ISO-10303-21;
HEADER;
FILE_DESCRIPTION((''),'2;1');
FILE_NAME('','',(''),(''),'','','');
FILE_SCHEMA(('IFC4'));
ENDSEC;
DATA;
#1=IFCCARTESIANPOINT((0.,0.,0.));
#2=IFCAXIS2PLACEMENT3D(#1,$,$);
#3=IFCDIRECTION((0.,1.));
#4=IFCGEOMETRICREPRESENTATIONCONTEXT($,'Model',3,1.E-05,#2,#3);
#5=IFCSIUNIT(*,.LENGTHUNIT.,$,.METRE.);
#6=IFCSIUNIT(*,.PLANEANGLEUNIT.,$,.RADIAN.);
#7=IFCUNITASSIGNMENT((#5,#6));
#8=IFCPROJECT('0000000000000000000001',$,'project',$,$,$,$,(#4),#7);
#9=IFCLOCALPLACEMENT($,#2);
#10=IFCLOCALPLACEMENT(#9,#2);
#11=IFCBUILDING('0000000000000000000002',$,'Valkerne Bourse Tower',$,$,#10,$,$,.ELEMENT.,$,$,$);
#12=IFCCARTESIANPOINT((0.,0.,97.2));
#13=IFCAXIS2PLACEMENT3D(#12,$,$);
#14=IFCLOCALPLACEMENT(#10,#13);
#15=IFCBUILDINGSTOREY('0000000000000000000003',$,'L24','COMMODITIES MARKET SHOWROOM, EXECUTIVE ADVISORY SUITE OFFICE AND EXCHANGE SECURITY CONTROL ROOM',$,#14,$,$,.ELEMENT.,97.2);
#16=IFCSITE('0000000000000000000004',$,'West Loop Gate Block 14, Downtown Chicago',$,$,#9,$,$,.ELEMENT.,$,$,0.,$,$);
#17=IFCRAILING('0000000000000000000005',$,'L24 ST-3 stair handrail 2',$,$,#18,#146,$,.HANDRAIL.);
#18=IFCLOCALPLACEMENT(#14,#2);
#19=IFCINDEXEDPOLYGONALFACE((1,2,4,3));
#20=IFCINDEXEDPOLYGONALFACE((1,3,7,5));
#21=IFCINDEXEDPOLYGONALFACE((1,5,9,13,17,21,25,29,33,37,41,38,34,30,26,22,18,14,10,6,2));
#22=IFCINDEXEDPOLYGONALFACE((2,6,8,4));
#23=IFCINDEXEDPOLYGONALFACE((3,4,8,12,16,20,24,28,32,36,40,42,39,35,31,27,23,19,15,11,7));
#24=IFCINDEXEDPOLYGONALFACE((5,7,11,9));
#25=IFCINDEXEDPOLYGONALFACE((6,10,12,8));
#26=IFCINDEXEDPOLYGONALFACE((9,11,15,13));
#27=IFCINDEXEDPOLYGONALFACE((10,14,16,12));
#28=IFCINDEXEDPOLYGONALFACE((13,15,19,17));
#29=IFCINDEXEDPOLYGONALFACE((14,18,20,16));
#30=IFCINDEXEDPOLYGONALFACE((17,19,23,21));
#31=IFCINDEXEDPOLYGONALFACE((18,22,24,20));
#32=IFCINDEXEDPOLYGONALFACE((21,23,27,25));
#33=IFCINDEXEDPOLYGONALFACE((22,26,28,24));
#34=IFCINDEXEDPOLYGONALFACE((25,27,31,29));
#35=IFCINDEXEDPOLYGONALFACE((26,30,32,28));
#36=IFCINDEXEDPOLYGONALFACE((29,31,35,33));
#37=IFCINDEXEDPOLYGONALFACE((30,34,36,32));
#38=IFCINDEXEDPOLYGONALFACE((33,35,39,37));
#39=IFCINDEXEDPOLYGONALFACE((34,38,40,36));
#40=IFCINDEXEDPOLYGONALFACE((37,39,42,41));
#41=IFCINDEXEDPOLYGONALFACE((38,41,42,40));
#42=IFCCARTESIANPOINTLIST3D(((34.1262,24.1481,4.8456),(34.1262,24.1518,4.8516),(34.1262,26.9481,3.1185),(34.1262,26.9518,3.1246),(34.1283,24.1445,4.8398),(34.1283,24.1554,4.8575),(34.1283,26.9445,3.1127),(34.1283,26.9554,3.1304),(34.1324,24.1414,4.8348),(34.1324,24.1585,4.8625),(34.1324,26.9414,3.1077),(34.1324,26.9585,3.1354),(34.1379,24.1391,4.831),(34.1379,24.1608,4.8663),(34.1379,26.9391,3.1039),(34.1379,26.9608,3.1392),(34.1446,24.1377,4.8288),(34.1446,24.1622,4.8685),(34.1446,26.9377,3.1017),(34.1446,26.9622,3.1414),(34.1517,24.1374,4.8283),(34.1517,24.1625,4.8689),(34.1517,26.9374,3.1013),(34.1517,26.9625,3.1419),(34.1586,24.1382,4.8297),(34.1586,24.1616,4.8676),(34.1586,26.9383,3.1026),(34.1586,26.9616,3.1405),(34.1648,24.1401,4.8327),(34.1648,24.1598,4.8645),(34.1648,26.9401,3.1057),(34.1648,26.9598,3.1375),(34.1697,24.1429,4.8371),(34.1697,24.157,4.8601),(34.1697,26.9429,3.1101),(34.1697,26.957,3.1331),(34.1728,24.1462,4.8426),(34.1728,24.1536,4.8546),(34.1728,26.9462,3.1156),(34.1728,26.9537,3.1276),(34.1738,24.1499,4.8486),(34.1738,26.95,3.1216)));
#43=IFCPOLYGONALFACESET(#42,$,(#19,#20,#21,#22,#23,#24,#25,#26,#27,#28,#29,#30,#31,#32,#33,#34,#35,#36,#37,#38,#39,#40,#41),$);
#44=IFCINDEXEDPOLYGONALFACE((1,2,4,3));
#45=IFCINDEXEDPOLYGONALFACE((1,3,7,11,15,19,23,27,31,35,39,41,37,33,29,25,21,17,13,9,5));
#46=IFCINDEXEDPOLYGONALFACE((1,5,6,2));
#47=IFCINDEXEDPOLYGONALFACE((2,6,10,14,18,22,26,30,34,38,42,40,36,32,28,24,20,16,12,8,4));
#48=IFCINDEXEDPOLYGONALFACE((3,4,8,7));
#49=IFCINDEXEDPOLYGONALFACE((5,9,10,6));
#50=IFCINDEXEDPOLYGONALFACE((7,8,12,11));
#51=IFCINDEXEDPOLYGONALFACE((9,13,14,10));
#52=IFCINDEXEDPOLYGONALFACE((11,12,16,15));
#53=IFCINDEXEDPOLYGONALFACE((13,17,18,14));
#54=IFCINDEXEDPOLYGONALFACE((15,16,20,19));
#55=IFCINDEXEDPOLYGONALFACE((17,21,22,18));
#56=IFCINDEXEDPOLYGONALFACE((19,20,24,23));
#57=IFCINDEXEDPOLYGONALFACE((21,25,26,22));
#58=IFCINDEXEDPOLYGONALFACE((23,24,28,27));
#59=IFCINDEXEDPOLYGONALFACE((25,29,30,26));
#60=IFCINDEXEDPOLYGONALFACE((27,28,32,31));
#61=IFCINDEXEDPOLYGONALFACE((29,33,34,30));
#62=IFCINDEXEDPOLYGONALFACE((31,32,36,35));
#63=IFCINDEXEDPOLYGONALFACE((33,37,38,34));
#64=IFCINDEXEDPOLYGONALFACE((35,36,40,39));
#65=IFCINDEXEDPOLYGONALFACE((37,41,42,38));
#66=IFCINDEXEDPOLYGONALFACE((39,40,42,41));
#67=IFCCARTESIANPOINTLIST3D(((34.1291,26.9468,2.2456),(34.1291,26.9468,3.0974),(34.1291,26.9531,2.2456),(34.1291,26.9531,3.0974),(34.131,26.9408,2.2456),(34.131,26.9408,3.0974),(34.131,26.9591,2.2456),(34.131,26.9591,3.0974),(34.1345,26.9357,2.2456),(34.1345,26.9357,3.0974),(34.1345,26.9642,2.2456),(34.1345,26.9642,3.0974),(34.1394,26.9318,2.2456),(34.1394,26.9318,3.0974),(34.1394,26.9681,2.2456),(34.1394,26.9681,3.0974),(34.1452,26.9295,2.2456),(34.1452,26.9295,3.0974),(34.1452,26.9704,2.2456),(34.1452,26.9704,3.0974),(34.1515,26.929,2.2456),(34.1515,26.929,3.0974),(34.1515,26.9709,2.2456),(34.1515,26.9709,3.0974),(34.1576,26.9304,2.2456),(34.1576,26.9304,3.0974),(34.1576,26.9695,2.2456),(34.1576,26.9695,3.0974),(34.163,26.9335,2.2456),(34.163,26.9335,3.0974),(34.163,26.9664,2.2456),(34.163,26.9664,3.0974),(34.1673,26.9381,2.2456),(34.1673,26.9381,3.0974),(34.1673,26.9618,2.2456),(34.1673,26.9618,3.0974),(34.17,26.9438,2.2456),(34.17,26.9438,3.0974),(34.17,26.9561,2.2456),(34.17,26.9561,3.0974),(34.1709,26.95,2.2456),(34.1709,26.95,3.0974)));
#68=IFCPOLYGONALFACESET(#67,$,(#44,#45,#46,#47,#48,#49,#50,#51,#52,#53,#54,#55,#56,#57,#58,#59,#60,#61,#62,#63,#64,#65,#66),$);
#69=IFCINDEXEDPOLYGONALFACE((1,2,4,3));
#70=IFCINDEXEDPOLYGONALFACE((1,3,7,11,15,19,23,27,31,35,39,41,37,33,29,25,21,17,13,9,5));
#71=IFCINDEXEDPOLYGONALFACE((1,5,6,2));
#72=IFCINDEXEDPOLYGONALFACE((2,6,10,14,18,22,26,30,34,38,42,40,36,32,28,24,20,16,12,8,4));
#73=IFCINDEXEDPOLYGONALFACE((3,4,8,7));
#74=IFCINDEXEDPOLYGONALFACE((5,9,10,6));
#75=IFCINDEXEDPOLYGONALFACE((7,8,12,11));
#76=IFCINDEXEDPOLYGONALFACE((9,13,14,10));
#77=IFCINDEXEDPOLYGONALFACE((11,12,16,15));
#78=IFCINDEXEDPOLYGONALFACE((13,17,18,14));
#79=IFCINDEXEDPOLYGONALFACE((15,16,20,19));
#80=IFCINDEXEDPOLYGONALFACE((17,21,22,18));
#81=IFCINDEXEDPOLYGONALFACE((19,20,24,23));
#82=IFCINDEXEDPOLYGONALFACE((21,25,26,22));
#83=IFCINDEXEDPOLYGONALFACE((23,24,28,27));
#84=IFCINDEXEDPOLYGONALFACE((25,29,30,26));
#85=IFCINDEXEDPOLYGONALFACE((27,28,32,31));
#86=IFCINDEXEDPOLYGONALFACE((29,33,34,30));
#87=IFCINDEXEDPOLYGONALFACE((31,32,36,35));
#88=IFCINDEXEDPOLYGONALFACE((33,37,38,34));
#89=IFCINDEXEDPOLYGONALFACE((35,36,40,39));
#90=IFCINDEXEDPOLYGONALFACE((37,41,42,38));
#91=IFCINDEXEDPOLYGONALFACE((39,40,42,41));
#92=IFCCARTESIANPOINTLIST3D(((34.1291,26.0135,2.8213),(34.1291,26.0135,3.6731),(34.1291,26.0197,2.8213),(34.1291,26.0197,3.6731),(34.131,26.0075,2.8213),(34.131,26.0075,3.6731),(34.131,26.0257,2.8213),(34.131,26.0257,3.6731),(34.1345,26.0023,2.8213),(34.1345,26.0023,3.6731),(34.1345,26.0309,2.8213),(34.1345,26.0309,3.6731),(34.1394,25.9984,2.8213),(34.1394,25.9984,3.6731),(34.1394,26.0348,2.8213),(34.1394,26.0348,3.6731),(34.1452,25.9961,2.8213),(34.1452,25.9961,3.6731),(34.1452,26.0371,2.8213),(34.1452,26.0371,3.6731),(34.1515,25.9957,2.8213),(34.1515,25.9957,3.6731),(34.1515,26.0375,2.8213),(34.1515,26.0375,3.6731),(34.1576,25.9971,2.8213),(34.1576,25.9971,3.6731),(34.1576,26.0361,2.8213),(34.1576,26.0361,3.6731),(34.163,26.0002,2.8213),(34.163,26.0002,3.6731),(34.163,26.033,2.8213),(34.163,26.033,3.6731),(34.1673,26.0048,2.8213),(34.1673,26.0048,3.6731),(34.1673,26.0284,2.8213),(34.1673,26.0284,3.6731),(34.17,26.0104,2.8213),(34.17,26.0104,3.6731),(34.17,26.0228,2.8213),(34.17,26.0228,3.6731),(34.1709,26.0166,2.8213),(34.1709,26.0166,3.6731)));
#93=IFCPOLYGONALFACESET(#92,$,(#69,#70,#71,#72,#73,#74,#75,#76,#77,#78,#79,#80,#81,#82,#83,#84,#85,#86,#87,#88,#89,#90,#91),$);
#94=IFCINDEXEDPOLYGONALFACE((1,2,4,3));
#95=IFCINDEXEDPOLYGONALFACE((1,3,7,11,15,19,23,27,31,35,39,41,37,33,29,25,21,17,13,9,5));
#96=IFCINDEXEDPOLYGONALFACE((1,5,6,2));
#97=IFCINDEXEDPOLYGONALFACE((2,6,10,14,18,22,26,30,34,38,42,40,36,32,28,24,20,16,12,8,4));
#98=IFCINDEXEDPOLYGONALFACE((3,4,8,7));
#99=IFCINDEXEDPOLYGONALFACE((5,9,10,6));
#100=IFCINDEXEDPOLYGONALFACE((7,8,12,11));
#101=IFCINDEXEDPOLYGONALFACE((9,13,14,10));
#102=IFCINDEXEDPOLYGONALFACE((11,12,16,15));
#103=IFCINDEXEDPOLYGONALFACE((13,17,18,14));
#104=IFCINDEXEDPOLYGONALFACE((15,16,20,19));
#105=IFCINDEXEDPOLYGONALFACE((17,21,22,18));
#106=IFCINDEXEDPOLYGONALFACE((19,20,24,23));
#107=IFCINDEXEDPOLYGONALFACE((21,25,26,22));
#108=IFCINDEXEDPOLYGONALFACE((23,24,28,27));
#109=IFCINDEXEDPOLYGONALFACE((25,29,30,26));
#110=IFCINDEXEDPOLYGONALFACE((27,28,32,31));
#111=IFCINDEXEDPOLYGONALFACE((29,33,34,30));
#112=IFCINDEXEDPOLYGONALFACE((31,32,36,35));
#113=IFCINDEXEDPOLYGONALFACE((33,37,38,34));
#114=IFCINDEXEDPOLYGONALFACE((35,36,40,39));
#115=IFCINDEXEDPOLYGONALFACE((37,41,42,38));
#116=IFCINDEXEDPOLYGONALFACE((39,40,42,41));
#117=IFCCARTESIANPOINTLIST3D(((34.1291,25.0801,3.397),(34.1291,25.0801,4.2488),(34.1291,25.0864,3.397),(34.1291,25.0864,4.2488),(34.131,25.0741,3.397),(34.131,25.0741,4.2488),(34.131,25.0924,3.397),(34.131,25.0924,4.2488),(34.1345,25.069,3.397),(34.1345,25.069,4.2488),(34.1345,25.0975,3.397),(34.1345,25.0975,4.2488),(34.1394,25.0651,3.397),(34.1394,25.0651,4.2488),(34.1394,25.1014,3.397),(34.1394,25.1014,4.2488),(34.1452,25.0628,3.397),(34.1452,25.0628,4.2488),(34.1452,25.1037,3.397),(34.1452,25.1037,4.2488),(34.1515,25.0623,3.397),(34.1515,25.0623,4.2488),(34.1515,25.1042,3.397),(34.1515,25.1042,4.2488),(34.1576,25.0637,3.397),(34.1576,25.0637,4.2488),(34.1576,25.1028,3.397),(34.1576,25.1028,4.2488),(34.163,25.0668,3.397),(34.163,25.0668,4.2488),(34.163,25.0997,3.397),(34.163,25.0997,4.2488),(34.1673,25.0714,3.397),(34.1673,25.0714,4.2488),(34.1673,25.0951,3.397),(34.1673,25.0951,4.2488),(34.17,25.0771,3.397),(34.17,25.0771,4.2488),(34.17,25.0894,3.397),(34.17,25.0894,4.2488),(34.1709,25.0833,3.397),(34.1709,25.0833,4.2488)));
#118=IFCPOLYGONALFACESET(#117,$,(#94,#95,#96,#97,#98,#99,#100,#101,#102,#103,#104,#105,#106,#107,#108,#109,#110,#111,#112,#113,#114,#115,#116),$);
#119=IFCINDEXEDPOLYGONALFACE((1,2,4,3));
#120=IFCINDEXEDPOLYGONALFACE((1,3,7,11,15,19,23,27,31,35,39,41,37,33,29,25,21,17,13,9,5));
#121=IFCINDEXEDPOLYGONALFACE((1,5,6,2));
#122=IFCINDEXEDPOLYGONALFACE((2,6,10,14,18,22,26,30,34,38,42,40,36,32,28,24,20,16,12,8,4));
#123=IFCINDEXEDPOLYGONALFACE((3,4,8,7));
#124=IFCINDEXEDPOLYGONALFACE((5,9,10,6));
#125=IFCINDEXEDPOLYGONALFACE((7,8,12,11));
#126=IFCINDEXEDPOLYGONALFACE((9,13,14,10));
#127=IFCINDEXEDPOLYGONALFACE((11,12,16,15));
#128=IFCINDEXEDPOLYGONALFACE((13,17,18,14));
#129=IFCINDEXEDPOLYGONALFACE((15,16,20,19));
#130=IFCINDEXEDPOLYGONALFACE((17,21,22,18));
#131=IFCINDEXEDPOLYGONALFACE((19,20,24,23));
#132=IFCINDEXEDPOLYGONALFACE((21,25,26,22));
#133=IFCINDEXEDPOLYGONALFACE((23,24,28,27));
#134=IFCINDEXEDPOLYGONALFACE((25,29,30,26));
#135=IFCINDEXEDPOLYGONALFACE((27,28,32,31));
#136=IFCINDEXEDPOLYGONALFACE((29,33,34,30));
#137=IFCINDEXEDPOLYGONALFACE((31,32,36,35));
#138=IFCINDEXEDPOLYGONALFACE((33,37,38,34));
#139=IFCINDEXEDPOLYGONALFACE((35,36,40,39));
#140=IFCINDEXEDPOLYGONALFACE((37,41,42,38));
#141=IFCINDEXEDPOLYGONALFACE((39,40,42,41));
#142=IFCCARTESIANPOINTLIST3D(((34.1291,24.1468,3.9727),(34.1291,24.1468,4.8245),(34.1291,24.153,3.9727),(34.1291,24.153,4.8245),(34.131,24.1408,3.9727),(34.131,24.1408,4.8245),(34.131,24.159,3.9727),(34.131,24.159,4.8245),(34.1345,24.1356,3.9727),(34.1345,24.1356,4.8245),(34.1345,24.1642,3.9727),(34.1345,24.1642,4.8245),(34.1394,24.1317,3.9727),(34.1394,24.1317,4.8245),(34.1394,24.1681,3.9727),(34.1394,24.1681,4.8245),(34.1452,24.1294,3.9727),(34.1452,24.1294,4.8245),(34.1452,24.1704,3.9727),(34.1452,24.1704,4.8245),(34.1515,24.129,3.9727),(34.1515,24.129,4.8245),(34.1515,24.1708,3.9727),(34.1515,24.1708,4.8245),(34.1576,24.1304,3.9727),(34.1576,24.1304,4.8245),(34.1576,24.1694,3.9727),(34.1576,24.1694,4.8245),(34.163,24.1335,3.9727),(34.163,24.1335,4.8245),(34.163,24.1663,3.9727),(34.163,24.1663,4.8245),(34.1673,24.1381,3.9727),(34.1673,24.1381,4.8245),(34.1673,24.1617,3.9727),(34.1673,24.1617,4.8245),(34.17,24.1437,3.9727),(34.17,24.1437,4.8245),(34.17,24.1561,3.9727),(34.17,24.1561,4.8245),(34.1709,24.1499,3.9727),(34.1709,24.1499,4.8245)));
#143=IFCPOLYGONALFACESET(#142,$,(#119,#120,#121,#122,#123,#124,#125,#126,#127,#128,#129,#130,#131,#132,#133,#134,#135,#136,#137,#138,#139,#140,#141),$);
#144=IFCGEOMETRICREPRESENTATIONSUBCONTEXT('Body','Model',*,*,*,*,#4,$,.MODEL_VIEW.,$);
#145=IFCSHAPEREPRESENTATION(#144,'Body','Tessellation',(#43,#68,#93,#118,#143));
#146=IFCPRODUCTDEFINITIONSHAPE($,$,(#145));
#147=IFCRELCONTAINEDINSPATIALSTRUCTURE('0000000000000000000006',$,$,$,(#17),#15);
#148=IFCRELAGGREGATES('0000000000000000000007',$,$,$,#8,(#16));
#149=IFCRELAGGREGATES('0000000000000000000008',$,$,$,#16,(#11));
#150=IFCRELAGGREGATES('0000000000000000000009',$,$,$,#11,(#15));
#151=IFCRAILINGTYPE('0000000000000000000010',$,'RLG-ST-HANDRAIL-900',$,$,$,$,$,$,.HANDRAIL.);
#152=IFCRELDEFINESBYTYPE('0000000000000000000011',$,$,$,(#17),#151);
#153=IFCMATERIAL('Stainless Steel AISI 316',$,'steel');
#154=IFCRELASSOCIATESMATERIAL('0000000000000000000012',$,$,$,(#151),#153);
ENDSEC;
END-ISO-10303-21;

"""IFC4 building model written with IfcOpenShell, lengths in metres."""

from ifc_helpers import new_model, si_unit, direction, frame, origin, origin_2d, place, context, subcontext, project, spatial, circle, extrude, material, type_object, element, save


model = new_model("IFC4")

# Units and contexts
model_context = context("Model", 3, precision=1e-05, world=origin(), true_north=direction((0.0, 1.0)))
body_context = subcontext(model_context, "Body", "Model", "MODEL_VIEW")
ifc_project = project(units=[si_unit("LENGTHUNIT", "METRE"), si_unit("PLANEANGLEUNIT", "RADIAN")], contexts=[model_context])

# Site, building, storey
site_placement = place(None, origin())
site = spatial("IfcSite", under=ifc_project, at=site_placement, Name="West Loop Gate Block 14, Downtown Chicago", CompositionType="ELEMENT", RefElevation=0.0)
building_placement = place(site_placement, origin())
building = spatial("IfcBuilding", under=site, at=building_placement, Name="Valkerne Bourse Tower", CompositionType="ELEMENT")
storey_placement = place(building_placement, frame((0.0, 0.0, 97.2)))
storey = spatial("IfcBuildingStorey", under=building, at=storey_placement, Name="L24", Description="COMMODITIES MARKET SHOWROOM, EXECUTIVE ADVISORY SUITE OFFICE AND EXCHANGE SECURITY CONTROL ROOM", CompositionType="ELEMENT", Elevation=97.2)

# Railing
ifc_material_1 = material(Name="Stainless Steel AISI 316", Category="steel")
railing_type_1 = type_object("IfcRailingType", Name="RLG-ST-HANDRAIL-900", PredefinedType="HANDRAIL", material=ifc_material_1)
railing_1_placement = place(storey_placement, frame((34.1499, 26.95, 2.2456)))
element("IfcRailing", 1, at=railing_1_placement, inside=storey, type_object=railing_type_1, Name="L24 ST-3 stair handrail 2", PredefinedType="HANDRAIL", context=body_context, shape_type="SweptSolid", body=[
    extrude(circle(Radius=0.0239, at=origin_2d()), frame((0.0, 0.0, 0.876), z_axis=(0.0, -0.851123, 0.524967), x_axis=(1.0, 0.0, 0.0)), (0.0, 0.0, 1.0), 3.2898),
    extrude(circle(Radius=0.021, at=origin_2d()), origin(), (0.0, 0.0, 1.0), 0.8518),
    extrude(circle(Radius=0.021, at=origin_2d()), frame((0.0, -0.9333, 0.5757)), (0.0, 0.0, 1.0), 0.8518),
    extrude(circle(Radius=0.021, at=origin_2d()), frame((0.0, -1.8667, 1.1514)), (0.0, 0.0, 1.0), 0.8518),
    extrude(circle(Radius=0.021, at=origin_2d()), frame((0.0, -2.8, 1.7271)), (0.0, 0.0, 1.0), 0.8518),
])

save(model, "model.ifc")
